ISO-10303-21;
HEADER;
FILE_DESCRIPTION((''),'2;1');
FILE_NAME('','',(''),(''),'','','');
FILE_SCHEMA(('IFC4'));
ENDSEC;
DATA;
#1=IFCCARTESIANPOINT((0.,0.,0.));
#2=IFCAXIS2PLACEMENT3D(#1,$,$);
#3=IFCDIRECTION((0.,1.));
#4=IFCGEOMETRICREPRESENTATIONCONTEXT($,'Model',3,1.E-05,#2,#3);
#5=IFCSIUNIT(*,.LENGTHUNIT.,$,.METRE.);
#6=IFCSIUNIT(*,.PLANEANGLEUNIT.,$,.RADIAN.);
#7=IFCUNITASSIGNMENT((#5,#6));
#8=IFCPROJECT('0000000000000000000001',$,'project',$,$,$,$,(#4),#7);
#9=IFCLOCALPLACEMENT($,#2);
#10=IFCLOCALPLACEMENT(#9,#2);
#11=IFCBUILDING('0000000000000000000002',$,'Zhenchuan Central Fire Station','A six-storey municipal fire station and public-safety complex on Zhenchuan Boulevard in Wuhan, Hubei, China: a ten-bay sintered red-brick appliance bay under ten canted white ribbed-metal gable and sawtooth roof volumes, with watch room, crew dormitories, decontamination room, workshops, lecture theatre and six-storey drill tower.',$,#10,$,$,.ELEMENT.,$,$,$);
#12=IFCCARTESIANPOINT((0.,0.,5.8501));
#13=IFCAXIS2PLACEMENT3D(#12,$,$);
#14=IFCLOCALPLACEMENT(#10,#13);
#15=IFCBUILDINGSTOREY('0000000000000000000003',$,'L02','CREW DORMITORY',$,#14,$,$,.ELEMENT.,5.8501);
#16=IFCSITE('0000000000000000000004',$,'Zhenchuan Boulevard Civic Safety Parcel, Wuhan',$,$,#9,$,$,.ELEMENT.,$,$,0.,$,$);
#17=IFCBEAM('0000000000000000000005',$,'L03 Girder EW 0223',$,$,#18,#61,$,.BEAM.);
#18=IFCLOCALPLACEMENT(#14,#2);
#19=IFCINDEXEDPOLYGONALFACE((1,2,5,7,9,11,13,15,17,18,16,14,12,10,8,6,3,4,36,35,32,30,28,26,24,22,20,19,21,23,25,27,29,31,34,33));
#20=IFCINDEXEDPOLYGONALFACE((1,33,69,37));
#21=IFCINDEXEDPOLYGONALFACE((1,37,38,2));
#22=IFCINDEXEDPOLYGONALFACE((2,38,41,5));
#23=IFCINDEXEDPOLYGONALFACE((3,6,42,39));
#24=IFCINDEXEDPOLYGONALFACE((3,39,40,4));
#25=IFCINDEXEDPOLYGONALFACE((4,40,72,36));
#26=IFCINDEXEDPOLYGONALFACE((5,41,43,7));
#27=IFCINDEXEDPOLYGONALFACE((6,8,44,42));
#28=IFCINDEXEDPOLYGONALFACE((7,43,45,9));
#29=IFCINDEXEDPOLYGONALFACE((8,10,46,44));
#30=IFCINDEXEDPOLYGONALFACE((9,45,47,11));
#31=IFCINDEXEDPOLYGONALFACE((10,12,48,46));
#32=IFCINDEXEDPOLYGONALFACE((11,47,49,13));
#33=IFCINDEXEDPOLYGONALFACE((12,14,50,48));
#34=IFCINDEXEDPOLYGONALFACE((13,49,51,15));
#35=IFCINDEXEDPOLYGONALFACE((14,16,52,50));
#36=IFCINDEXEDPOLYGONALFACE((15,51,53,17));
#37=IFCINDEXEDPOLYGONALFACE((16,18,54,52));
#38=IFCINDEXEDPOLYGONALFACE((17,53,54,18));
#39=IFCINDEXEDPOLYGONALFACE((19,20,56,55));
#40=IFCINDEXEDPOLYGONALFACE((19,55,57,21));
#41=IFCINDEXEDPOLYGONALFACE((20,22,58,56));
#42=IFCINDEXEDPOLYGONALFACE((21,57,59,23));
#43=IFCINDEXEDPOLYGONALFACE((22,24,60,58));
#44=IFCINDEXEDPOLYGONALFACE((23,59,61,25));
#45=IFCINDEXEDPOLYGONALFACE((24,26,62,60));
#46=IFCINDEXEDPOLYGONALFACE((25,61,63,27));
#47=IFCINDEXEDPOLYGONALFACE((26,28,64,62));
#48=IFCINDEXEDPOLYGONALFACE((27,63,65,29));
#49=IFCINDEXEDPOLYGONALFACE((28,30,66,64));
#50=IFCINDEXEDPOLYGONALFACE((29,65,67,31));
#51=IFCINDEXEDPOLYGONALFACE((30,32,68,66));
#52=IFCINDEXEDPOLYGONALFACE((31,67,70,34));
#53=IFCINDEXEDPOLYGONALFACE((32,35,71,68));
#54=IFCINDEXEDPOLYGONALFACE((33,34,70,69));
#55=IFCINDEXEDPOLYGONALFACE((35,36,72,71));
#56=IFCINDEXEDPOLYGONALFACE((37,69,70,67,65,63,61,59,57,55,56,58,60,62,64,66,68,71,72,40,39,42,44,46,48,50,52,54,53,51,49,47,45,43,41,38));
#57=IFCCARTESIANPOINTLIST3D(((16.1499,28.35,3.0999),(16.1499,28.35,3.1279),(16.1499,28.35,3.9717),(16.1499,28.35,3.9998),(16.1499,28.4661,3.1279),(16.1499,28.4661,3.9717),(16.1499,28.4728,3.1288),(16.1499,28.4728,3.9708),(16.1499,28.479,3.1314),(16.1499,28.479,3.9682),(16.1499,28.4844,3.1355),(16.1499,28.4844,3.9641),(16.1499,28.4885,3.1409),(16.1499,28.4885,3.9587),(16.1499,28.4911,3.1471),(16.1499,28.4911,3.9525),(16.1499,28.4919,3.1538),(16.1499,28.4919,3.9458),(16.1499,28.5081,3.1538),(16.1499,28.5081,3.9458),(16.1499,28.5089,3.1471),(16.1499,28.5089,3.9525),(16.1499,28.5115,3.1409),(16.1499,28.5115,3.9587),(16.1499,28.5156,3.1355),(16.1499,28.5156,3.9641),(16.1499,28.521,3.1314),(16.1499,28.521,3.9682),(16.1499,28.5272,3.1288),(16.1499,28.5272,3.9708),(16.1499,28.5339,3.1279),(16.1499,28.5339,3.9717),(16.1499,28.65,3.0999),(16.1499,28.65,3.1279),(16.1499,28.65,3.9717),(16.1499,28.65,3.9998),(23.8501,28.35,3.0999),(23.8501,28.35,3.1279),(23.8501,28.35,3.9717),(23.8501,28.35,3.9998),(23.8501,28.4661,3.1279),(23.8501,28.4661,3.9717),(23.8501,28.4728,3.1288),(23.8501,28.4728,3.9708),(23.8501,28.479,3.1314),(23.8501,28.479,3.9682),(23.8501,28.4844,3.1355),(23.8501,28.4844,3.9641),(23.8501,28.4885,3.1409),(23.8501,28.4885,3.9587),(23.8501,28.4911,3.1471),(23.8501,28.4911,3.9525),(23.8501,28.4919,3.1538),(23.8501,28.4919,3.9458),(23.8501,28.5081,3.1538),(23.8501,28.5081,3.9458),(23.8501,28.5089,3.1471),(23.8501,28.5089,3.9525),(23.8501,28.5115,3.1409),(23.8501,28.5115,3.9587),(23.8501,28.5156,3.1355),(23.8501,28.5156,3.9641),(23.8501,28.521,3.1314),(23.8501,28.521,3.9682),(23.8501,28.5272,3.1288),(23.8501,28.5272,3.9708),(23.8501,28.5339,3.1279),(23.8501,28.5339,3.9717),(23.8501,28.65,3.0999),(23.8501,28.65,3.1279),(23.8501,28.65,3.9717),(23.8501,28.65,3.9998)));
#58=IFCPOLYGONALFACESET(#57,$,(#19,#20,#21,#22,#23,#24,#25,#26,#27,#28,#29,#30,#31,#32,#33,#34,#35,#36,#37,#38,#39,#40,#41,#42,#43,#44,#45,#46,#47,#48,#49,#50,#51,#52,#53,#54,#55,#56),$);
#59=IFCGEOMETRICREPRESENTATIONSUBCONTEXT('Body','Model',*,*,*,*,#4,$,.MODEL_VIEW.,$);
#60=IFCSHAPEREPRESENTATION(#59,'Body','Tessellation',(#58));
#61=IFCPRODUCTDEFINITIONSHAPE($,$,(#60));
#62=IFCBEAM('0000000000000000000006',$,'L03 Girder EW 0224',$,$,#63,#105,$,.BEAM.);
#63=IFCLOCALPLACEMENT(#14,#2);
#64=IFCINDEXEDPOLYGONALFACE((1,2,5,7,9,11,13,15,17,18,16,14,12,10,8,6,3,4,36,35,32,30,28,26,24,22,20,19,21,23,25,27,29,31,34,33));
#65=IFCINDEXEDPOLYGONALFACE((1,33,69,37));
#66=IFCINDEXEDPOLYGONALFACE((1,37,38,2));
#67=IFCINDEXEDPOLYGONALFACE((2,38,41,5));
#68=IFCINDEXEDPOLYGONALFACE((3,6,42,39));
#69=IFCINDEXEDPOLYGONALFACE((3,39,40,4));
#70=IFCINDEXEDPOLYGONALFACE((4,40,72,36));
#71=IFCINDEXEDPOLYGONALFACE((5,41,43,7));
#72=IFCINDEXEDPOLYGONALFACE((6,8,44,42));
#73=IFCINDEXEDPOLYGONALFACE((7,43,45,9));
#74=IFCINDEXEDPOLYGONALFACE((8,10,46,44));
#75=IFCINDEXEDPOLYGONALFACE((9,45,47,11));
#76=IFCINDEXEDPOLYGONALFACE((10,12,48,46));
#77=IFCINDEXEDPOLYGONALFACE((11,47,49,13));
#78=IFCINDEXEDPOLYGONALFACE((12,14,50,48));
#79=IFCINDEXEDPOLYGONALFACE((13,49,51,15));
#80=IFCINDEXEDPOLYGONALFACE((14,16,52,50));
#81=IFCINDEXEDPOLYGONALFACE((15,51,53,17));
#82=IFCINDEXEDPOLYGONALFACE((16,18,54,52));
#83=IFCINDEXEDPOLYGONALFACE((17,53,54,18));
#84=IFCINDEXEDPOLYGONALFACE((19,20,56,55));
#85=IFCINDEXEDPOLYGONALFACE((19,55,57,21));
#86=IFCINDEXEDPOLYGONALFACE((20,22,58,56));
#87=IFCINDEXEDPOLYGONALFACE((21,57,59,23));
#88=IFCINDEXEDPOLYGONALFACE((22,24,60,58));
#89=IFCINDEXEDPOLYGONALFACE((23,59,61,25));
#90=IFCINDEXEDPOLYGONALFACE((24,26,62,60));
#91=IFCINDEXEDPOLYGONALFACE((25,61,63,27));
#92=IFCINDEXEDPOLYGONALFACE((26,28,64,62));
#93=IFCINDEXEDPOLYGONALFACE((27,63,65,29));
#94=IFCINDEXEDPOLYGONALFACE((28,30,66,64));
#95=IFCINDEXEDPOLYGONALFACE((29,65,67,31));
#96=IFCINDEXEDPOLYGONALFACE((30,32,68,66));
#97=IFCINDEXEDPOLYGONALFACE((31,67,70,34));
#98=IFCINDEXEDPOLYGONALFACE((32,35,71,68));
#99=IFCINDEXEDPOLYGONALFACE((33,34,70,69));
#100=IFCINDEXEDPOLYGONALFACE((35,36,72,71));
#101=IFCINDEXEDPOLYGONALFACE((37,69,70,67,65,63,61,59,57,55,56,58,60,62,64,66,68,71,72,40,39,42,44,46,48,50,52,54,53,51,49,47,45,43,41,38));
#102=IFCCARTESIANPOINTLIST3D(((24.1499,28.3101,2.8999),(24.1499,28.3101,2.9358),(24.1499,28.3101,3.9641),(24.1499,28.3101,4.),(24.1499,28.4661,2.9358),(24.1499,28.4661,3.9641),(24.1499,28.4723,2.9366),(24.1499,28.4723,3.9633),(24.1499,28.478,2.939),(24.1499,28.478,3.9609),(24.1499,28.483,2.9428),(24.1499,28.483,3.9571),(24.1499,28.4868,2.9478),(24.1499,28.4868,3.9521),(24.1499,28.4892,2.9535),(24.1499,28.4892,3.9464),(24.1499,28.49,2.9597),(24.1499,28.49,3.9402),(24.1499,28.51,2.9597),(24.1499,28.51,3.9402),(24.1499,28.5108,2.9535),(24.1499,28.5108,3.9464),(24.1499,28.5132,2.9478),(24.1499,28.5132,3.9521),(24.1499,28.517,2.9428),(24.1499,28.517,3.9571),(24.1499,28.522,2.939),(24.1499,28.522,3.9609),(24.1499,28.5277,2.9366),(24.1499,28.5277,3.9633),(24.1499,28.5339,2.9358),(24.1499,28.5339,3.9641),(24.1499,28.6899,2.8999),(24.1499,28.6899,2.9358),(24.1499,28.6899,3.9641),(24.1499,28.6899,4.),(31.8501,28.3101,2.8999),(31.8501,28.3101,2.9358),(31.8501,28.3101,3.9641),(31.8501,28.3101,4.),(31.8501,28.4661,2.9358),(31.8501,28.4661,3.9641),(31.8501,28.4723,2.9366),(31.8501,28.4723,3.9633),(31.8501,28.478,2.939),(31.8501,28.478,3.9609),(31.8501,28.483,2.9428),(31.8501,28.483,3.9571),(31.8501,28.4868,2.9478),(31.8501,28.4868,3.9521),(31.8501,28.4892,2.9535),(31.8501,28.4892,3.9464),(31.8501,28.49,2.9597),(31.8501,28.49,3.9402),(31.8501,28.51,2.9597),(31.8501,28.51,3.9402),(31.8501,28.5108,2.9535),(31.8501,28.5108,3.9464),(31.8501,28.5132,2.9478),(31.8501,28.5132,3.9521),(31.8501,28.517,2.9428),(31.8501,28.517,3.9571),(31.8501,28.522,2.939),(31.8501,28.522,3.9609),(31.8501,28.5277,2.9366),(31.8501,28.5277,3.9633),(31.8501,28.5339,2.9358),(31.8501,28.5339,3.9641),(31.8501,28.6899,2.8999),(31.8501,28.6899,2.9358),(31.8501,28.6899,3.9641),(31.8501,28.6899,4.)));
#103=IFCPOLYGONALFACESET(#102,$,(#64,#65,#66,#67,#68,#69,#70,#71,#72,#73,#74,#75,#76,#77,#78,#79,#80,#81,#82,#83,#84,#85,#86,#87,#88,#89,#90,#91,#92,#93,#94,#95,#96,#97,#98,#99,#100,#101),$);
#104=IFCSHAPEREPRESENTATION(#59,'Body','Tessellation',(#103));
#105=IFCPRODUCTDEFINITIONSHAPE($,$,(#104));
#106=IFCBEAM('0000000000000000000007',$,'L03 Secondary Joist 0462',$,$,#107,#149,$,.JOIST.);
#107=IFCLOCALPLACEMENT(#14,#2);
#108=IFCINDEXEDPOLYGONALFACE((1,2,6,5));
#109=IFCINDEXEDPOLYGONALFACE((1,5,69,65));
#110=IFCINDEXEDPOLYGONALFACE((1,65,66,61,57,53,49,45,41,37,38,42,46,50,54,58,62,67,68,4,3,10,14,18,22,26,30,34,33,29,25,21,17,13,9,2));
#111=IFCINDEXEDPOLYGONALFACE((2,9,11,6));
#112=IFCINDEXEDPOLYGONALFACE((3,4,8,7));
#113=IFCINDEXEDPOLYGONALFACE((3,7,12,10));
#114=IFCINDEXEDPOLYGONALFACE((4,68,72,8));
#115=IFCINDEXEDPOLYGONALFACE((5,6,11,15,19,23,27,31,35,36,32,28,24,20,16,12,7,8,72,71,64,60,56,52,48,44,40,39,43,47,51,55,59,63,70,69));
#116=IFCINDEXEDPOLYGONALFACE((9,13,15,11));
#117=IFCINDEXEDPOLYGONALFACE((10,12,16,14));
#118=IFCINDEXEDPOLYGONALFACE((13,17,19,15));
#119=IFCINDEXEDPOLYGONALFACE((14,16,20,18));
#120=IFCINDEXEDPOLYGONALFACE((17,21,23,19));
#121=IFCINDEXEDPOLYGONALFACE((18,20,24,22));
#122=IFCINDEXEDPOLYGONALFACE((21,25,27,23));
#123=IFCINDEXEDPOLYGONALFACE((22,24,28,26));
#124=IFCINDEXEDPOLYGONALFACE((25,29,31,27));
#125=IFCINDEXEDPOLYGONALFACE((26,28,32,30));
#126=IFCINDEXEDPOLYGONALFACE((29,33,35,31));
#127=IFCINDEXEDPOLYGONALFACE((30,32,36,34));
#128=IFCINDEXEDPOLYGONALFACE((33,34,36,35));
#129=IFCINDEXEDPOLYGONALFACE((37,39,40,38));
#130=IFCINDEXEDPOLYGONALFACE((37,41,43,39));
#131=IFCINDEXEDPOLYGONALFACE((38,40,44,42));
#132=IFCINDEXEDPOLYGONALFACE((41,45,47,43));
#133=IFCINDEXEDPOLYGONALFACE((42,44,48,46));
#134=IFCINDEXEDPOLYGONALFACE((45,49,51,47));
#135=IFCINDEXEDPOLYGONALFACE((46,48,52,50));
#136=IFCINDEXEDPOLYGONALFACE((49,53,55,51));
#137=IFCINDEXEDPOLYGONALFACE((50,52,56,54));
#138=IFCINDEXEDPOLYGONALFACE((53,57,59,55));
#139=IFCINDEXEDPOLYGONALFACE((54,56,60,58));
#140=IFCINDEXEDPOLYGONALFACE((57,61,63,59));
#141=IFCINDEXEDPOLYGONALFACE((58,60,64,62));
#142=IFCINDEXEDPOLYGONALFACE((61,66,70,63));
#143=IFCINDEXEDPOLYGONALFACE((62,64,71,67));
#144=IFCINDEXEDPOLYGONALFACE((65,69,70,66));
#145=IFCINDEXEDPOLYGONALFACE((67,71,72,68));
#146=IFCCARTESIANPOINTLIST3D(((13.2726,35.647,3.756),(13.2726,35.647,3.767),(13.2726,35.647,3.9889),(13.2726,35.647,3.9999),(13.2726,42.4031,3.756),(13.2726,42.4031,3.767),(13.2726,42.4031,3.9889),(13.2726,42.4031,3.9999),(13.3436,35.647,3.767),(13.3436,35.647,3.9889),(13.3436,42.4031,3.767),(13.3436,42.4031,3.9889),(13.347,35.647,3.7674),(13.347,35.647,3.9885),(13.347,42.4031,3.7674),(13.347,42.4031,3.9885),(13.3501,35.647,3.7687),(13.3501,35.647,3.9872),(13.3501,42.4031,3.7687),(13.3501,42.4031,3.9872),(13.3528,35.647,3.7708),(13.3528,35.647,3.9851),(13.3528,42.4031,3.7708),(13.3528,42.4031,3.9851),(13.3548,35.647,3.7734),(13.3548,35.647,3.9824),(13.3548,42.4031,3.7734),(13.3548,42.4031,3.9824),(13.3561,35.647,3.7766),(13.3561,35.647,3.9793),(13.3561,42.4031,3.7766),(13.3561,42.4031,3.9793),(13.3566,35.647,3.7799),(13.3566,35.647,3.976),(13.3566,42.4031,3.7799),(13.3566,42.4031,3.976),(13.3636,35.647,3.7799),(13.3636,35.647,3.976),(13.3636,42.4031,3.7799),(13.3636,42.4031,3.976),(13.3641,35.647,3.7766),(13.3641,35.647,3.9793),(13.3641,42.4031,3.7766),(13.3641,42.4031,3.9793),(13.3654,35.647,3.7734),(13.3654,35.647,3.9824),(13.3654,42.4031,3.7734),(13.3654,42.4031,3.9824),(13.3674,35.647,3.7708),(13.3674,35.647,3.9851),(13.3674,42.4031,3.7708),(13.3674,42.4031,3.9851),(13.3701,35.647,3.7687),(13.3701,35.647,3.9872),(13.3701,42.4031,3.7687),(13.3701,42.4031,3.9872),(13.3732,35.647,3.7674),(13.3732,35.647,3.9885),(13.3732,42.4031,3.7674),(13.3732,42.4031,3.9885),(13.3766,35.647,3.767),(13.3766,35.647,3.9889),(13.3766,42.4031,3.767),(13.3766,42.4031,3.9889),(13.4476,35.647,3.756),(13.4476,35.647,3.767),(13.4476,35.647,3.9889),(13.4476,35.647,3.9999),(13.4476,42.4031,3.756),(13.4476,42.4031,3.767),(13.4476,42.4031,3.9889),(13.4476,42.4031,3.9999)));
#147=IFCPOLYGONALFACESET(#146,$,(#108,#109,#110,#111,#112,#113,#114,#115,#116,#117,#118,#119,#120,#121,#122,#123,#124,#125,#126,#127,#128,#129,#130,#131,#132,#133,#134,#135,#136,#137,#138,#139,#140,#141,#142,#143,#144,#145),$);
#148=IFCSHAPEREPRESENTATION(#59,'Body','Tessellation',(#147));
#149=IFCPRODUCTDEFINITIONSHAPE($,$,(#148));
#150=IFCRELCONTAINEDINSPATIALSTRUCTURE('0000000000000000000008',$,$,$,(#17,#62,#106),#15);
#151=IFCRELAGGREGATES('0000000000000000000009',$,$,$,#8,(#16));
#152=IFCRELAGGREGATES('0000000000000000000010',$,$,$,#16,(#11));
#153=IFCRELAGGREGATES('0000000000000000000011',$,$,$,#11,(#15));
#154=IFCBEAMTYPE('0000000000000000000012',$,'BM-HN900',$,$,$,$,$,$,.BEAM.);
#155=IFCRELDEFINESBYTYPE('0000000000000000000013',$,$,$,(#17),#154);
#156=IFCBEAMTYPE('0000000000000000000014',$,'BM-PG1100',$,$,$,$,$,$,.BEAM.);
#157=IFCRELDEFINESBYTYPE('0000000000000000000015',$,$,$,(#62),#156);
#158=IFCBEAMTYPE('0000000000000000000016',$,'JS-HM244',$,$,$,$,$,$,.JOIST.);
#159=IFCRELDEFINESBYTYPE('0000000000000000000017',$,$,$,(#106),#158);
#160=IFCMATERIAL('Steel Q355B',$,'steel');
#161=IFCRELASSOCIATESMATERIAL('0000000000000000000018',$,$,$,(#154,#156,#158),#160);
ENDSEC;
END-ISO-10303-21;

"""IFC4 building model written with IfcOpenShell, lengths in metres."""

from ifc_helpers import new_model, si_unit, direction, frame, origin, origin_2d, place, context, subcontext, project, spatial, i_section, extrude, material, material_profile, profile_set, type_object, element, save


model = new_model("IFC4")

# Units and contexts
model_context = context("Model", 3, precision=1e-05, world=origin(), true_north=direction((0.0, 1.0)))
body_context = subcontext(model_context, "Body", "Model", "MODEL_VIEW")
ifc_project = project(units=[si_unit("LENGTHUNIT", "METRE"), si_unit("PLANEANGLEUNIT", "RADIAN")], contexts=[model_context])

# Site, building, storey
site_placement = place(None, origin())
site = spatial("IfcSite", under=ifc_project, at=site_placement, Name="Zhenchuan Boulevard Civic Safety Parcel, Wuhan", CompositionType="ELEMENT", RefElevation=0.0)
building_placement = place(site_placement, origin())
building = spatial("IfcBuilding", under=site, at=building_placement, Name="Zhenchuan Central Fire Station", Description="A six-storey municipal fire station and public-safety complex on Zhenchuan Boulevard in Wuhan, Hubei, China: a ten-bay sintered red-brick appliance bay under ten canted white ribbed-metal gable and sawtooth roof volumes, with watch room, crew dormitories, decontamination room, workshops, lecture theatre and six-storey drill tower.", CompositionType="ELEMENT")
storey_placement = place(building_placement, frame((0.0, 0.0, 5.8501)))
storey = spatial("IfcBuildingStorey", under=building, at=storey_placement, Name="L02", Description="CREW DORMITORY", CompositionType="ELEMENT", Elevation=5.8501)

# Shared definitions
ifc_material_1 = material(Name="Steel Q355B", Category="steel")

# Beams
ifc_material_profile_1 = material_profile(ifc_material_1, i_section(OverallWidth=0.3, OverallDepth=0.8999, WebThickness=0.0161, FlangeThickness=0.0281, FilletRadius=0.0259, at=origin_2d()), Name="HN 900x300")
ifc_profile_set_1 = profile_set([ifc_material_profile_1], Name="Steel Q355B")
beam_type_1 = type_object("IfcBeamType", Name="BM-HN900", PredefinedType="BEAM", material=ifc_profile_set_1)
beam_1_placement = place(storey_placement, frame((16.1499, 28.5, 3.5498), z_axis=(1.0, 0.0, 0.0), x_axis=(0.0, 1.0, 0.0)))
element("IfcBeam", 1, at=beam_1_placement, inside=storey, type_object=beam_type_1, Name="L03 Girder EW 0223", PredefinedType="BEAM", context=body_context, shape_type="SweptSolid", body=[
    extrude(i_section(OverallWidth=0.3, OverallDepth=0.8999, WebThickness=0.0161, FlangeThickness=0.0281, FilletRadius=0.0259, at=origin_2d()), origin(), (0.0, 0.0, 1.0), 7.7002),
])
ifc_material_profile_2 = material_profile(ifc_material_1, i_section(OverallWidth=0.3799, OverallDepth=1.1001, WebThickness=0.02, FlangeThickness=0.0359, FilletRadius=0.0239, at=origin_2d()), Name="PG 1100x380")
ifc_profile_set_2 = profile_set([ifc_material_profile_2], Name="Steel Q355B")
beam_type_2 = type_object("IfcBeamType", Name="BM-PG1100", PredefinedType="BEAM", material=ifc_profile_set_2)
beam_2_placement = place(storey_placement, frame((24.1499, 28.5, 3.45), z_axis=(1.0, 0.0, 0.0), x_axis=(0.0, 1.0, 0.0)))
element("IfcBeam", 2, at=beam_2_placement, inside=storey, type_object=beam_type_2, Name="L03 Girder EW 0224", PredefinedType="BEAM", context=body_context, shape_type="SweptSolid", body=[
    extrude(i_section(OverallWidth=0.3799, OverallDepth=1.1001, WebThickness=0.02, FlangeThickness=0.0359, FilletRadius=0.0239, at=origin_2d()), origin(), (0.0, 0.0, 1.0), 7.7002),
])
ifc_material_profile_3 = material_profile(ifc_material_1, i_section(OverallWidth=0.175, OverallDepth=0.2439, WebThickness=0.0071, FlangeThickness=0.011, FilletRadius=0.0129, at=origin_2d()), Name="HM 244x175")
ifc_profile_set_3 = profile_set([ifc_material_profile_3], Name="Steel Q355B")
beam_type_3 = type_object("IfcBeamType", Name="JS-HM244", PredefinedType="JOIST", material=ifc_profile_set_3)
beam_3_placement = place(storey_placement, frame((13.3601, 35.647, 3.8779), z_axis=(0.0, 1.0, 0.0), x_axis=(-1.0, 0.0, 0.0)))
element("IfcBeam", 3, at=beam_3_placement, inside=storey, type_object=beam_type_3, Name="L03 Secondary Joist 0462", PredefinedType="JOIST", context=body_context, shape_type="SweptSolid", body=[
    extrude(i_section(OverallWidth=0.175, OverallDepth=0.2439, WebThickness=0.0071, FlangeThickness=0.011, FilletRadius=0.0129, at=origin_2d()), origin(), (0.0, 0.0, 1.0), 6.7561),
])

save(model, "model.ifc")
